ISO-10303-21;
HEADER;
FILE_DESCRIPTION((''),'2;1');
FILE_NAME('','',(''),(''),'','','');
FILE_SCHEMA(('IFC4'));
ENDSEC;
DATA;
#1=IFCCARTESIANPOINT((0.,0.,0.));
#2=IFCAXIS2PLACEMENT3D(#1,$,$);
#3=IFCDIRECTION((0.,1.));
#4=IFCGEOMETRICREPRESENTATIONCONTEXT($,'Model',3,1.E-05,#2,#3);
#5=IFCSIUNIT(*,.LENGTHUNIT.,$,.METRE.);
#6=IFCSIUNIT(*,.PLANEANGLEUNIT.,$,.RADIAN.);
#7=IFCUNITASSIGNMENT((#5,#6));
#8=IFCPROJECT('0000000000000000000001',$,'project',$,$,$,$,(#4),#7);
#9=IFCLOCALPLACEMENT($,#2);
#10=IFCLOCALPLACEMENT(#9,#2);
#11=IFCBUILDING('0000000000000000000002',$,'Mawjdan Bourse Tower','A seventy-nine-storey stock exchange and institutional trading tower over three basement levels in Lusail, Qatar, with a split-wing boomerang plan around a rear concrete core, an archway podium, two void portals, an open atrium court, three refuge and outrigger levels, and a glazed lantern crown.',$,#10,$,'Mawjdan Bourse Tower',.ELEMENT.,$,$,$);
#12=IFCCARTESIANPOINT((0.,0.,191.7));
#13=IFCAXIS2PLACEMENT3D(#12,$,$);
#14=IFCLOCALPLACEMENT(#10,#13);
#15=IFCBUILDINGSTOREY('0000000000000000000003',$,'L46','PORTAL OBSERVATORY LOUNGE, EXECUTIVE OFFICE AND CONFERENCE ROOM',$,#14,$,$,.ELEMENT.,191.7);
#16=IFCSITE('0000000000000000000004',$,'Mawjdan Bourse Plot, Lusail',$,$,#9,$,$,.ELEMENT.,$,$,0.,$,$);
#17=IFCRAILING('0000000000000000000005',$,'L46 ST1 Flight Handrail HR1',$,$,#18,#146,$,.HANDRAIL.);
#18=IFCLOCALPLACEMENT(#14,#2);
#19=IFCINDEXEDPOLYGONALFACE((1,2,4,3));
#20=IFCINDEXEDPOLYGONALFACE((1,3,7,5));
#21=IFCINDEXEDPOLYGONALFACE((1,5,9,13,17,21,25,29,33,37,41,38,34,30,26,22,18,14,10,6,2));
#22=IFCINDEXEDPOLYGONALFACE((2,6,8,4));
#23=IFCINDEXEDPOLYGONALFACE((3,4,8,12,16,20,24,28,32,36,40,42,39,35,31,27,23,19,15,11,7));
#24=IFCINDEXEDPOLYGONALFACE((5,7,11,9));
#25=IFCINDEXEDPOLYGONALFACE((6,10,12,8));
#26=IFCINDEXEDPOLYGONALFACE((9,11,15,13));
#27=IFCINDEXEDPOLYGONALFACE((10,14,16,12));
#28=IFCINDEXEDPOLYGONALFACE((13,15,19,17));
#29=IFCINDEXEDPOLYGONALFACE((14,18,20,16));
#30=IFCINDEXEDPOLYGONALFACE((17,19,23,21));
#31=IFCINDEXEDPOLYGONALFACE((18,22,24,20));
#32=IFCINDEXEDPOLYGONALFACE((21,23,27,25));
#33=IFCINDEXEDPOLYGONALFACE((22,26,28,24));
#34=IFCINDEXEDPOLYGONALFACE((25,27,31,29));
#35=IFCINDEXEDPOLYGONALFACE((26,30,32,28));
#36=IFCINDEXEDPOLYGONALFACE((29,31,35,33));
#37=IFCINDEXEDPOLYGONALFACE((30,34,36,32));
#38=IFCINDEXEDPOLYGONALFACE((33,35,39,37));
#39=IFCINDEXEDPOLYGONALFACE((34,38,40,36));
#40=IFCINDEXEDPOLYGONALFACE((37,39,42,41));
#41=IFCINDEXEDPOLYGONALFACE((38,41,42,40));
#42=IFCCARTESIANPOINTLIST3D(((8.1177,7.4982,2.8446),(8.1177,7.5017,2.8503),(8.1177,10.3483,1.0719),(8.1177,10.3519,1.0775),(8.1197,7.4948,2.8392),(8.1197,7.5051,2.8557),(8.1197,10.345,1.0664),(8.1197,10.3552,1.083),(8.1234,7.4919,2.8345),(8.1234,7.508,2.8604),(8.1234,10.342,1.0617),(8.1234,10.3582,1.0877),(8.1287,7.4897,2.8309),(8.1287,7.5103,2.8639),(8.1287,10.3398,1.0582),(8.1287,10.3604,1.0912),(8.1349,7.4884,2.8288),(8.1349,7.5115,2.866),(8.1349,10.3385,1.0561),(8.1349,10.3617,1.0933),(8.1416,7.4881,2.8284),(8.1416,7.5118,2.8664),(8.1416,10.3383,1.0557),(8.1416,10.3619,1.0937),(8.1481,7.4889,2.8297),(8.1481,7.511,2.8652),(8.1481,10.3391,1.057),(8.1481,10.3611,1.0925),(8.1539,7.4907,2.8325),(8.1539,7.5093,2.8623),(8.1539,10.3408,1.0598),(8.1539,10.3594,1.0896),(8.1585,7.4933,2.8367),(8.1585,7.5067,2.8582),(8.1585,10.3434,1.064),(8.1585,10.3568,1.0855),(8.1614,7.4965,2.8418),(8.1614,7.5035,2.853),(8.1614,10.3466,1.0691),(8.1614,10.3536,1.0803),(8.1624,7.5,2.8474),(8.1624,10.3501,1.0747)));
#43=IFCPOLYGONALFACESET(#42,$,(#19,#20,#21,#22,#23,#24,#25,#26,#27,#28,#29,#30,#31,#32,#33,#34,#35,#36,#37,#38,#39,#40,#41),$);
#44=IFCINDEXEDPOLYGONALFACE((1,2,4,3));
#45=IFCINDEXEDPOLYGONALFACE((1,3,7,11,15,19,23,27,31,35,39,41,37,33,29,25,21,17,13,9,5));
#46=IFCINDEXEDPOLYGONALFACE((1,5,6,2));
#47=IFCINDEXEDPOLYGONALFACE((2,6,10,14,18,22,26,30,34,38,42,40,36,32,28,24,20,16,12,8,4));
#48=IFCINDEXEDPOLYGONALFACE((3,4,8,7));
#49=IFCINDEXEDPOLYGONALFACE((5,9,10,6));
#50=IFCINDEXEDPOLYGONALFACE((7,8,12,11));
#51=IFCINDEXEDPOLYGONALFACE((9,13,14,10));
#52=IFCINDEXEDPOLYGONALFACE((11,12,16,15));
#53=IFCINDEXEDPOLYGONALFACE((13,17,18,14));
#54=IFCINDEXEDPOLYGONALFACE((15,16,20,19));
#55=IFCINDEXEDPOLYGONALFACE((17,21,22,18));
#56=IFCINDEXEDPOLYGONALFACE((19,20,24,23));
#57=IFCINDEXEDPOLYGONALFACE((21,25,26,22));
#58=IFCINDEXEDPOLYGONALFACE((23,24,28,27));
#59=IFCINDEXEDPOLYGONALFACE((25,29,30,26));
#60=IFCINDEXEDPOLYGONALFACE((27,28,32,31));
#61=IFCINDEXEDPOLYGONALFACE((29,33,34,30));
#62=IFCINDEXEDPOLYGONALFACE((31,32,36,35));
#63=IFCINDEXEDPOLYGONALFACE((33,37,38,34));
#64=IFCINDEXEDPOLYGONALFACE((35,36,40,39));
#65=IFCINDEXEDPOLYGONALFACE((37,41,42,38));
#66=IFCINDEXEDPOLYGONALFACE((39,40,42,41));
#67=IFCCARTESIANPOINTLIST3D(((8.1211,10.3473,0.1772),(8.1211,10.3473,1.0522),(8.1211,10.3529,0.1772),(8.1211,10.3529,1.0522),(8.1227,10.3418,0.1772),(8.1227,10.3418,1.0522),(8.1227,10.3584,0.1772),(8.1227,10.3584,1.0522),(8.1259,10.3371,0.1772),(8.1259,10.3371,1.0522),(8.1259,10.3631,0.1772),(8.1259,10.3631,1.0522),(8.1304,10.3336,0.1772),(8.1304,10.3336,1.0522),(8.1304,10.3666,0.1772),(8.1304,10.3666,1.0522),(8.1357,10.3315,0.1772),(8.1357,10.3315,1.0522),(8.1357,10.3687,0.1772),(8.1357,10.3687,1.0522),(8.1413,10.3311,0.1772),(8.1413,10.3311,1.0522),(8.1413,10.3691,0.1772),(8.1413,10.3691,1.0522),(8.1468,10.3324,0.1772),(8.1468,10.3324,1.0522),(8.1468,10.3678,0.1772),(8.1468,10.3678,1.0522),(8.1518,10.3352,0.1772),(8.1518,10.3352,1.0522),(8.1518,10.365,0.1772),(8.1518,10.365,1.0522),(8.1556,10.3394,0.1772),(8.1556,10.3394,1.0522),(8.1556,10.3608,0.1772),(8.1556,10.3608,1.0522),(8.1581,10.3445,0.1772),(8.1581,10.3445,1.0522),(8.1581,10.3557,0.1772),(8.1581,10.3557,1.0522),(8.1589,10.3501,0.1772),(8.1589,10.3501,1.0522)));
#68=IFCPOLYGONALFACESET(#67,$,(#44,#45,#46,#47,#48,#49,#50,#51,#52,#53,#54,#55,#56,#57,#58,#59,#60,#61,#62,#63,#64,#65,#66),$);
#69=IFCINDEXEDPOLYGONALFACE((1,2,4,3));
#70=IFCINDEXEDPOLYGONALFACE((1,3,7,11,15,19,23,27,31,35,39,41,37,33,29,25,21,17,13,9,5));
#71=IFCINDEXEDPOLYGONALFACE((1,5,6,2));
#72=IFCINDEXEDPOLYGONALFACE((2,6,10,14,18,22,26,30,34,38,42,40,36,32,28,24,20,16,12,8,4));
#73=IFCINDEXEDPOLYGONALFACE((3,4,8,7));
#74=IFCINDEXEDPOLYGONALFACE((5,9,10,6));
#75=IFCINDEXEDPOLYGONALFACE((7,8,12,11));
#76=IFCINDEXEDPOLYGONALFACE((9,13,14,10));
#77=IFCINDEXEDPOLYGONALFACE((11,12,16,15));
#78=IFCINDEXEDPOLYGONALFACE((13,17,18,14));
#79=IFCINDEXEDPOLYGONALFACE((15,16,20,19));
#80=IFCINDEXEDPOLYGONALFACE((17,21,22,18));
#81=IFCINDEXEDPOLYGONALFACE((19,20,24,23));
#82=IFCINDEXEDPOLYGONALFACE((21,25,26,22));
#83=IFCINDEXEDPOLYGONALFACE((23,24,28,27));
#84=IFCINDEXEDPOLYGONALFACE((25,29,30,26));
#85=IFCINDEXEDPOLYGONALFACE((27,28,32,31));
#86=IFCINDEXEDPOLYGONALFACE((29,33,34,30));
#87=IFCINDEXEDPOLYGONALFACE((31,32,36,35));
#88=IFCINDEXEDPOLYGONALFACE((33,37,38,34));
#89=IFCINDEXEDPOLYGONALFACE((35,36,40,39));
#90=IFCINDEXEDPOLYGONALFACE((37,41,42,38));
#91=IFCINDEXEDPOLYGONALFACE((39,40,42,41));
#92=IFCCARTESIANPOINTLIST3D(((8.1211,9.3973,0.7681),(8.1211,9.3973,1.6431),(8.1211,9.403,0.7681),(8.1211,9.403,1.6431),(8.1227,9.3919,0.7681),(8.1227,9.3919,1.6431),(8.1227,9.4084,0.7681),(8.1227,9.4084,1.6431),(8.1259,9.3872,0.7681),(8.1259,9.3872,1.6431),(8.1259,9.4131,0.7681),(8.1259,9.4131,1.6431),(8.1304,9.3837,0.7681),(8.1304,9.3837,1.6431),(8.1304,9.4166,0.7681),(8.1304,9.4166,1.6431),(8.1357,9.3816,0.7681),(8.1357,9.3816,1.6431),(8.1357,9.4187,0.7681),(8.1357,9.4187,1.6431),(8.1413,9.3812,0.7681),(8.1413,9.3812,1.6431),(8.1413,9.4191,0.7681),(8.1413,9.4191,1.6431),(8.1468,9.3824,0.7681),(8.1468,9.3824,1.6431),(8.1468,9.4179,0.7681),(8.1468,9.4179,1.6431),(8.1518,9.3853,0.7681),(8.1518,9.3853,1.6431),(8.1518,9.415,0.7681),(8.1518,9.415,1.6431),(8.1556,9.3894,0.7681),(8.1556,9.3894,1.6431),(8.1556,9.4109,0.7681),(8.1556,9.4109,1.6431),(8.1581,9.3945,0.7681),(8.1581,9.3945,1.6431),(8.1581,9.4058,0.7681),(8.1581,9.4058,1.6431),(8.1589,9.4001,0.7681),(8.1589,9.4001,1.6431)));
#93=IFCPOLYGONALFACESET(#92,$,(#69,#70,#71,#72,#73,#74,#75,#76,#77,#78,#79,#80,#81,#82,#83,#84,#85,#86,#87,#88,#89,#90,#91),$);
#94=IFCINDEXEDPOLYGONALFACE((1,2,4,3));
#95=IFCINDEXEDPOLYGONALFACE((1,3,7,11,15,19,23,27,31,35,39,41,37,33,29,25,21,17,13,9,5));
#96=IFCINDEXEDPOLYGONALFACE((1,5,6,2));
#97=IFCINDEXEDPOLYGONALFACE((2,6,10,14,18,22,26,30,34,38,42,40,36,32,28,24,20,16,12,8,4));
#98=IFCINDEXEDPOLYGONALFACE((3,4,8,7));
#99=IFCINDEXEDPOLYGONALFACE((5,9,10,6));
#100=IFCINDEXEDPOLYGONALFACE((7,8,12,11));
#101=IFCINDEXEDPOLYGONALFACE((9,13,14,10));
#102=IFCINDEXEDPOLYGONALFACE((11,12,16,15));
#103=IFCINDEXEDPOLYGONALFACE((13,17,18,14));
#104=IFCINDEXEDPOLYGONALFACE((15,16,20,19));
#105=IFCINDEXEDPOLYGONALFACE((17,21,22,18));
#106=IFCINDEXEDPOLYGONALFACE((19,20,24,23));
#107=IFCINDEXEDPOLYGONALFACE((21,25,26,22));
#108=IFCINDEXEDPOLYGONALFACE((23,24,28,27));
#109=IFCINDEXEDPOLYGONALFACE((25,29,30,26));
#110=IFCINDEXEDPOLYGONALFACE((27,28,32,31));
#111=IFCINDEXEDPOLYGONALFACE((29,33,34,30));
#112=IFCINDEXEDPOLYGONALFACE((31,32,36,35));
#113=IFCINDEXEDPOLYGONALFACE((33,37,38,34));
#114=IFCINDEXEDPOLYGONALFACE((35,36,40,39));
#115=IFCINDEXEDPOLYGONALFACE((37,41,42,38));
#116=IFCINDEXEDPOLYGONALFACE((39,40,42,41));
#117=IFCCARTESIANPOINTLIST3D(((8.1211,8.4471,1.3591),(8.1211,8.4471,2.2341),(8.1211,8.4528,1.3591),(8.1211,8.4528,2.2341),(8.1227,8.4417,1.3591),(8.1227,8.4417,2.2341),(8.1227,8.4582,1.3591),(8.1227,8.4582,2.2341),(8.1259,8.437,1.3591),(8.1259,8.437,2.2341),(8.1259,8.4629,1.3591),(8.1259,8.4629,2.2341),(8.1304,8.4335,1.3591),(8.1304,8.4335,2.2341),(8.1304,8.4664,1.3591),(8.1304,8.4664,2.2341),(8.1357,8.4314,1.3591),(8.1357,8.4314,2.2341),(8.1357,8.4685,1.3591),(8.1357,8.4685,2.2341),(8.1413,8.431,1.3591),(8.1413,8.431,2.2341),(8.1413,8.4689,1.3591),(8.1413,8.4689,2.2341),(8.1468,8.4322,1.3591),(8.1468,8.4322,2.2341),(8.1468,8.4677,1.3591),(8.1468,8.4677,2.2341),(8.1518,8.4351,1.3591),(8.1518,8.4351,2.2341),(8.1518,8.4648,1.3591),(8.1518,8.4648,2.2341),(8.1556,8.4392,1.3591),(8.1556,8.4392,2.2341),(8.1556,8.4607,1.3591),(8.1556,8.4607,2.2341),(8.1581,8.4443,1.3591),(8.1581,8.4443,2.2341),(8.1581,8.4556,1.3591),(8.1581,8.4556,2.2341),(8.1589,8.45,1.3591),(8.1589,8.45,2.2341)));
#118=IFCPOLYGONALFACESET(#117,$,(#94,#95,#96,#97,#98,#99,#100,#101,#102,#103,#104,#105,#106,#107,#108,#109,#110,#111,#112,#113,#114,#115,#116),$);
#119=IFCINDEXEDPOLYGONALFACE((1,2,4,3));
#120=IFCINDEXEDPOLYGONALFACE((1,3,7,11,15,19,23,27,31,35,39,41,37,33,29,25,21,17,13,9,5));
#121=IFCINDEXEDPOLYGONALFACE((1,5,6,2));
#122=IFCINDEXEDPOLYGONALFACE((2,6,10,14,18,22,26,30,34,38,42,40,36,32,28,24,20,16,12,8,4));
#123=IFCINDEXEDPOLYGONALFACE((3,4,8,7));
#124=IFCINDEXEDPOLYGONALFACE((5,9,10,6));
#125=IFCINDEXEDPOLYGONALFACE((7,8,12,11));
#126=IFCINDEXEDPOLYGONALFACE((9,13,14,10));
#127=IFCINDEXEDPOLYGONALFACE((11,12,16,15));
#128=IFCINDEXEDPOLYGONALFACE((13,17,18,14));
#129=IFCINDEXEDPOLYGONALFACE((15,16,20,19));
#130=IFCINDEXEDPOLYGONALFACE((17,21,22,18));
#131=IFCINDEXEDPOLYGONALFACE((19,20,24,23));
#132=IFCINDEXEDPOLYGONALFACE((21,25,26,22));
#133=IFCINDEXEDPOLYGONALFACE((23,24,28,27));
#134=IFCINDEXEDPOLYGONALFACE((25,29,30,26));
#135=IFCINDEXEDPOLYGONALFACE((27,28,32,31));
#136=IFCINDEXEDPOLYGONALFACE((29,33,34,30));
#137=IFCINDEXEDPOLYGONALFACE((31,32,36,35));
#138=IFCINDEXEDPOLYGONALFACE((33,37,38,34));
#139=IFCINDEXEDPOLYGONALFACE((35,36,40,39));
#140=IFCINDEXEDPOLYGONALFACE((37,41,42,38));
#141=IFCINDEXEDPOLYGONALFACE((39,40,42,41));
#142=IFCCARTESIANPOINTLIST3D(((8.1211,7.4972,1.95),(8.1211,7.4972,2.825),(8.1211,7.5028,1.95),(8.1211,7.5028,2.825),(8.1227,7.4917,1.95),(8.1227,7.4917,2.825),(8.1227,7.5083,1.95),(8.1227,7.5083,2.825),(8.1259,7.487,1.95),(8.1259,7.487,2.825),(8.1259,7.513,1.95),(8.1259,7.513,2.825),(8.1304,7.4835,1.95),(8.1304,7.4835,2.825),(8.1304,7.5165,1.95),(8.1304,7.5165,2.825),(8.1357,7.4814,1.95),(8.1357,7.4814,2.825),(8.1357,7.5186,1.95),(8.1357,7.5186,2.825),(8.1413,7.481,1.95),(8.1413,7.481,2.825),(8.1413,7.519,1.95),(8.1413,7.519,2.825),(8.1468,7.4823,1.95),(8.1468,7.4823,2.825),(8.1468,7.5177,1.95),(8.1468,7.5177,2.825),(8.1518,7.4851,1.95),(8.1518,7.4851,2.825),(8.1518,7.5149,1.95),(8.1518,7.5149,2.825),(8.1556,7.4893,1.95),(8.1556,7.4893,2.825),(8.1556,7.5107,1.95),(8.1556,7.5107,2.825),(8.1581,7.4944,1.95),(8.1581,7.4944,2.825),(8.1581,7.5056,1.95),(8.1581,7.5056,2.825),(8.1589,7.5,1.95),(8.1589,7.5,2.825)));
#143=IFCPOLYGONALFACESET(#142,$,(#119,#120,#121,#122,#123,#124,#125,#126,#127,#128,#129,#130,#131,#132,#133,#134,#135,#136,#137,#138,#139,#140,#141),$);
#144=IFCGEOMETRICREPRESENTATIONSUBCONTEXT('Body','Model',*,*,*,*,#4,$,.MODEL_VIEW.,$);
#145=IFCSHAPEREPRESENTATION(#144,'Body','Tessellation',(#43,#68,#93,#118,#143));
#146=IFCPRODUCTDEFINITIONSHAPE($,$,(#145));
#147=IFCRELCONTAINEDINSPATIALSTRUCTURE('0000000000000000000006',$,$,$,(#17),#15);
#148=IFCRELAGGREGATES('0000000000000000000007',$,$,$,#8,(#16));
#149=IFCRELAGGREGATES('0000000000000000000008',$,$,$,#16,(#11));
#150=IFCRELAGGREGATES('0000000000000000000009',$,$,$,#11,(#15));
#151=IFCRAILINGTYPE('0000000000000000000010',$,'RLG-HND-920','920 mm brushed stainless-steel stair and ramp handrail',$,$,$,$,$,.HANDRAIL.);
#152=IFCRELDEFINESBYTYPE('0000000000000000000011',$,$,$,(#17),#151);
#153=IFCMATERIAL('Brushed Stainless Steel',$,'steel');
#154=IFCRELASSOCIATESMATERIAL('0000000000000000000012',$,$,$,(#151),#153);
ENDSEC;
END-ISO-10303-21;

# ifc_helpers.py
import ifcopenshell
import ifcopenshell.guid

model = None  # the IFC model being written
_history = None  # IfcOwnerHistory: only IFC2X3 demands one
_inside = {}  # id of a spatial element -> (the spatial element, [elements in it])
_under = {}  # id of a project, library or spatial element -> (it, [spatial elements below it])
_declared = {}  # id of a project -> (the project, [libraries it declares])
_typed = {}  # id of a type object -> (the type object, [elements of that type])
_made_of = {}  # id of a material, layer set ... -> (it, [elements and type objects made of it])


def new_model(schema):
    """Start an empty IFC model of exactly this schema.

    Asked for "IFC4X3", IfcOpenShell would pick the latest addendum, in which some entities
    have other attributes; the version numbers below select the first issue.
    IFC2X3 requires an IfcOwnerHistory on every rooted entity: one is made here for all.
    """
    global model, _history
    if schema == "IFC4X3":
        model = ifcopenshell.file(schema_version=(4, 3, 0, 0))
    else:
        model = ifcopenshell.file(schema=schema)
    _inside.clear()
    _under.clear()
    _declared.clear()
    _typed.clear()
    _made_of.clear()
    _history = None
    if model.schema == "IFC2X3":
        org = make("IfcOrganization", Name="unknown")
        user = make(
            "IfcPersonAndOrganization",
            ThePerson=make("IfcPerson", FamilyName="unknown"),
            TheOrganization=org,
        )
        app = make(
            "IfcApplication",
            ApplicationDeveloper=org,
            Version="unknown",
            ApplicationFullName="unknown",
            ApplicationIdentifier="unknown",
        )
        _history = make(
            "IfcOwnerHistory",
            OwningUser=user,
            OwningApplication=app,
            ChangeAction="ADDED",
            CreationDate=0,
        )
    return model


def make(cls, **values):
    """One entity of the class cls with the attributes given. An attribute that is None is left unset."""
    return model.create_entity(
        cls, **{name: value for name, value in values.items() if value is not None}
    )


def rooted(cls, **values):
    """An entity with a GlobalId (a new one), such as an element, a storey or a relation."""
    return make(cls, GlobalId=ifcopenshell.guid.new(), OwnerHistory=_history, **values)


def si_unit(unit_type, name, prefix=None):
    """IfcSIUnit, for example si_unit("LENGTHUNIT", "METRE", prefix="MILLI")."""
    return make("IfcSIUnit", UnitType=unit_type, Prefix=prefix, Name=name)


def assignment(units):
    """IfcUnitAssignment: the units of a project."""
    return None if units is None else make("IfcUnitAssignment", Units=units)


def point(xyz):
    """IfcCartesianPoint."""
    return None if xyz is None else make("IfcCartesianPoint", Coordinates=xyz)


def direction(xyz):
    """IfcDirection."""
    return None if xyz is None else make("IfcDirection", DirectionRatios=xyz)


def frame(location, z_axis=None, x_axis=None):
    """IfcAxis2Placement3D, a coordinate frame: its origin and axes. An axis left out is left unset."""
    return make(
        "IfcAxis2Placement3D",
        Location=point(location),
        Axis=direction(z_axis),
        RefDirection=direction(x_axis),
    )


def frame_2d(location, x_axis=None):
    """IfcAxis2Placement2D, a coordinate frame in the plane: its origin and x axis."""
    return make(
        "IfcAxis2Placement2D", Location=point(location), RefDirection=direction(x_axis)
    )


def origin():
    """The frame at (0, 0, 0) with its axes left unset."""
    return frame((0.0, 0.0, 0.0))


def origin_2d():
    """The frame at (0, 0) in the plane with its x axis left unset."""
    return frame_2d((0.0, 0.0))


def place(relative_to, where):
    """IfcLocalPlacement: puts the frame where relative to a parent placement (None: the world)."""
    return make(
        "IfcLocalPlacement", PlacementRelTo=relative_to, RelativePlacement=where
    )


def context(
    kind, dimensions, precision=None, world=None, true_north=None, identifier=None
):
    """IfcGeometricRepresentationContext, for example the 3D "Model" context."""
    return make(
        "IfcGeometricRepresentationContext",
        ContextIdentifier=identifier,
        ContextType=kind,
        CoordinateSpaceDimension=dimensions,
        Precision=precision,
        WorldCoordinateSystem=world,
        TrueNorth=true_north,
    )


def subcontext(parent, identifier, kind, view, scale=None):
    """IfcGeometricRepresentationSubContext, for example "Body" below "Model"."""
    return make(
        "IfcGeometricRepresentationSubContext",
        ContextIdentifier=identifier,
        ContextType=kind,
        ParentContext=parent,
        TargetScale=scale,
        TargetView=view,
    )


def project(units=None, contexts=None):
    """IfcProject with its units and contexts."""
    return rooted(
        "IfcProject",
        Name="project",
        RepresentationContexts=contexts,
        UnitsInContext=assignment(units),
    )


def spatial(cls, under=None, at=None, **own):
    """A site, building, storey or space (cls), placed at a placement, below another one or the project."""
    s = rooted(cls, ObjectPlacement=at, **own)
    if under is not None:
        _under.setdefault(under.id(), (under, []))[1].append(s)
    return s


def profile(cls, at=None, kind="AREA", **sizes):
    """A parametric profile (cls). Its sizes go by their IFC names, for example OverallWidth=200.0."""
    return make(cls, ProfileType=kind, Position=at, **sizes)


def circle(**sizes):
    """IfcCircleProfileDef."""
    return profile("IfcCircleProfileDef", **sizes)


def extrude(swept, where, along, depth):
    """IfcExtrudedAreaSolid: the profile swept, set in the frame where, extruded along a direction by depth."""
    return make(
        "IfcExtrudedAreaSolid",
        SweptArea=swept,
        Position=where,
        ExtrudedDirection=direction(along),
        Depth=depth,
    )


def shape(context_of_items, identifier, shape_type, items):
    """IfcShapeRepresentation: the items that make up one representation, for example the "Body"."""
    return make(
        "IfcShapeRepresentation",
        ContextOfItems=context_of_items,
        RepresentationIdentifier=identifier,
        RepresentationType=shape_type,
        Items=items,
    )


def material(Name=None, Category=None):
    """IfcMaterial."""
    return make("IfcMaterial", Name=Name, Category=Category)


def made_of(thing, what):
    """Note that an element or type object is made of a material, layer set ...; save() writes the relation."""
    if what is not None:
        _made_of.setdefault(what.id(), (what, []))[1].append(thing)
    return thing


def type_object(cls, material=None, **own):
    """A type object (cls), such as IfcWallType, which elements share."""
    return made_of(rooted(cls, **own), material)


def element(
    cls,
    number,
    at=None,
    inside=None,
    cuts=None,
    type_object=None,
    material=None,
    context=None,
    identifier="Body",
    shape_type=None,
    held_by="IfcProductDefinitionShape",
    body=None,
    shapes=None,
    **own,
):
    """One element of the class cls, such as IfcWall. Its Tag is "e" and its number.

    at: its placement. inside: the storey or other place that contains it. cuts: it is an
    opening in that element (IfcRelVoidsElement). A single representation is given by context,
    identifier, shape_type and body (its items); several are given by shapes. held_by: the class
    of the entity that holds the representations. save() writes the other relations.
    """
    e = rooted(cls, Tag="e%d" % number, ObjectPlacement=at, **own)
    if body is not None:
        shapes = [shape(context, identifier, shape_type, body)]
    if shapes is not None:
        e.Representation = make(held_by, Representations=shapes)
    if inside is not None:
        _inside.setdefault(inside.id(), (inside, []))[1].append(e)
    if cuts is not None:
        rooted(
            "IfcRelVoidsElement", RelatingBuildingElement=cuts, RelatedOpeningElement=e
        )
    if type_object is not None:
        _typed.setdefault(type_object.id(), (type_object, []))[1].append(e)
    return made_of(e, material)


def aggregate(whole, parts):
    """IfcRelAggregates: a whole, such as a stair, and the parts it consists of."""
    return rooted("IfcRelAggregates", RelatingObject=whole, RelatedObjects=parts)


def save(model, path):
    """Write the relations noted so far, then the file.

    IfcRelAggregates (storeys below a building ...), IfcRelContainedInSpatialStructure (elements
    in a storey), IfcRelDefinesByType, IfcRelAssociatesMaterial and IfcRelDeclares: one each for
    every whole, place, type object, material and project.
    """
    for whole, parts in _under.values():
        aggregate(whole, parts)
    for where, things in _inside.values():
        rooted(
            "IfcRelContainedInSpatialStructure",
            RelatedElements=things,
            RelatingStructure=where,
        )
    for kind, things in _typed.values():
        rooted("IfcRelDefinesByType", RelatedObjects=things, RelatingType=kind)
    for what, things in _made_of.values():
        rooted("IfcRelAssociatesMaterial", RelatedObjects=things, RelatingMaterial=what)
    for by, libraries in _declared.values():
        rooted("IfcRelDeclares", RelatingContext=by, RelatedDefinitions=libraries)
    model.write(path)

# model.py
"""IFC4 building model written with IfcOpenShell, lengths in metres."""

from ifc_helpers import new_model, si_unit, direction, frame, origin, origin_2d, place, context, subcontext, project, spatial, circle, extrude, material, type_object, element, save


model = new_model("IFC4")

# Units and contexts
model_context = context("Model", 3, precision=1e-05, world=origin(), true_north=direction((0.0, 1.0)))
body_context = subcontext(model_context, "Body", "Model", "MODEL_VIEW")
ifc_project = project(units=[si_unit("LENGTHUNIT", "METRE"), si_unit("PLANEANGLEUNIT", "RADIAN")], contexts=[model_context])

# Site, building, storey
site_placement = place(None, origin())
site = spatial("IfcSite", under=ifc_project, at=site_placement, Name="Mawjdan Bourse Plot, Lusail", CompositionType="ELEMENT", RefElevation=0.0)
building_placement = place(site_placement, origin())
building = spatial("IfcBuilding", under=site, at=building_placement, Name="Mawjdan Bourse Tower", Description="A seventy-nine-storey stock exchange and institutional trading tower over three basement levels in Lusail, Qatar, with a split-wing boomerang plan around a rear concrete core, an archway podium, two void portals, an open atrium court, three refuge and outrigger levels, and a glazed lantern crown.", LongName="Mawjdan Bourse Tower", CompositionType="ELEMENT")
storey_placement = place(building_placement, frame((0.0, 0.0, 191.7)))
storey = spatial("IfcBuildingStorey", under=building, at=storey_placement, Name="L46", Description="PORTAL OBSERVATORY LOUNGE, EXECUTIVE OFFICE AND CONFERENCE ROOM", CompositionType="ELEMENT", Elevation=191.7)

# Railing
ifc_material_1 = material(Name="Brushed Stainless Steel", Category="steel")
railing_type_1 = type_object("IfcRailingType", Name="RLG-HND-920", Description="920 mm brushed stainless-steel stair and ramp handrail", PredefinedType="HANDRAIL", material=ifc_material_1)
railing_1_placement = place(storey_placement, frame((8.1399, 10.3501, 0.1772)))
element("IfcRailing", 1, at=railing_1_placement, inside=storey, type_object=railing_type_1, Name="L46 ST1 Flight Handrail HR1", PredefinedType="HANDRAIL", context=body_context, shape_type="SweptSolid", body=[
    extrude(circle(Radius=0.0225, at=origin_2d()), frame((0.0, 0.0, 0.8975), z_axis=(0.0, -0.849149, 0.528154), x_axis=(1.0, 0.0, 0.0)), (0.0, 0.0, 1.0), 3.3564),
    extrude(circle(Radius=0.019, at=origin_2d()), origin(), (0.0, 0.0, 1.0), 0.875),
    extrude(circle(Radius=0.019, at=origin_2d()), frame((0.0, -0.95, 0.5908)), (0.0, 0.0, 1.0), 0.875),
    extrude(circle(Radius=0.019, at=origin_2d()), frame((0.0, -1.9001, 1.1819)), (0.0, 0.0, 1.0), 0.875),
    extrude(circle(Radius=0.019, at=origin_2d()), frame((0.0, -2.8501, 1.7727)), (0.0, 0.0, 1.0), 0.875),
])

save(model, "model.ifc")
